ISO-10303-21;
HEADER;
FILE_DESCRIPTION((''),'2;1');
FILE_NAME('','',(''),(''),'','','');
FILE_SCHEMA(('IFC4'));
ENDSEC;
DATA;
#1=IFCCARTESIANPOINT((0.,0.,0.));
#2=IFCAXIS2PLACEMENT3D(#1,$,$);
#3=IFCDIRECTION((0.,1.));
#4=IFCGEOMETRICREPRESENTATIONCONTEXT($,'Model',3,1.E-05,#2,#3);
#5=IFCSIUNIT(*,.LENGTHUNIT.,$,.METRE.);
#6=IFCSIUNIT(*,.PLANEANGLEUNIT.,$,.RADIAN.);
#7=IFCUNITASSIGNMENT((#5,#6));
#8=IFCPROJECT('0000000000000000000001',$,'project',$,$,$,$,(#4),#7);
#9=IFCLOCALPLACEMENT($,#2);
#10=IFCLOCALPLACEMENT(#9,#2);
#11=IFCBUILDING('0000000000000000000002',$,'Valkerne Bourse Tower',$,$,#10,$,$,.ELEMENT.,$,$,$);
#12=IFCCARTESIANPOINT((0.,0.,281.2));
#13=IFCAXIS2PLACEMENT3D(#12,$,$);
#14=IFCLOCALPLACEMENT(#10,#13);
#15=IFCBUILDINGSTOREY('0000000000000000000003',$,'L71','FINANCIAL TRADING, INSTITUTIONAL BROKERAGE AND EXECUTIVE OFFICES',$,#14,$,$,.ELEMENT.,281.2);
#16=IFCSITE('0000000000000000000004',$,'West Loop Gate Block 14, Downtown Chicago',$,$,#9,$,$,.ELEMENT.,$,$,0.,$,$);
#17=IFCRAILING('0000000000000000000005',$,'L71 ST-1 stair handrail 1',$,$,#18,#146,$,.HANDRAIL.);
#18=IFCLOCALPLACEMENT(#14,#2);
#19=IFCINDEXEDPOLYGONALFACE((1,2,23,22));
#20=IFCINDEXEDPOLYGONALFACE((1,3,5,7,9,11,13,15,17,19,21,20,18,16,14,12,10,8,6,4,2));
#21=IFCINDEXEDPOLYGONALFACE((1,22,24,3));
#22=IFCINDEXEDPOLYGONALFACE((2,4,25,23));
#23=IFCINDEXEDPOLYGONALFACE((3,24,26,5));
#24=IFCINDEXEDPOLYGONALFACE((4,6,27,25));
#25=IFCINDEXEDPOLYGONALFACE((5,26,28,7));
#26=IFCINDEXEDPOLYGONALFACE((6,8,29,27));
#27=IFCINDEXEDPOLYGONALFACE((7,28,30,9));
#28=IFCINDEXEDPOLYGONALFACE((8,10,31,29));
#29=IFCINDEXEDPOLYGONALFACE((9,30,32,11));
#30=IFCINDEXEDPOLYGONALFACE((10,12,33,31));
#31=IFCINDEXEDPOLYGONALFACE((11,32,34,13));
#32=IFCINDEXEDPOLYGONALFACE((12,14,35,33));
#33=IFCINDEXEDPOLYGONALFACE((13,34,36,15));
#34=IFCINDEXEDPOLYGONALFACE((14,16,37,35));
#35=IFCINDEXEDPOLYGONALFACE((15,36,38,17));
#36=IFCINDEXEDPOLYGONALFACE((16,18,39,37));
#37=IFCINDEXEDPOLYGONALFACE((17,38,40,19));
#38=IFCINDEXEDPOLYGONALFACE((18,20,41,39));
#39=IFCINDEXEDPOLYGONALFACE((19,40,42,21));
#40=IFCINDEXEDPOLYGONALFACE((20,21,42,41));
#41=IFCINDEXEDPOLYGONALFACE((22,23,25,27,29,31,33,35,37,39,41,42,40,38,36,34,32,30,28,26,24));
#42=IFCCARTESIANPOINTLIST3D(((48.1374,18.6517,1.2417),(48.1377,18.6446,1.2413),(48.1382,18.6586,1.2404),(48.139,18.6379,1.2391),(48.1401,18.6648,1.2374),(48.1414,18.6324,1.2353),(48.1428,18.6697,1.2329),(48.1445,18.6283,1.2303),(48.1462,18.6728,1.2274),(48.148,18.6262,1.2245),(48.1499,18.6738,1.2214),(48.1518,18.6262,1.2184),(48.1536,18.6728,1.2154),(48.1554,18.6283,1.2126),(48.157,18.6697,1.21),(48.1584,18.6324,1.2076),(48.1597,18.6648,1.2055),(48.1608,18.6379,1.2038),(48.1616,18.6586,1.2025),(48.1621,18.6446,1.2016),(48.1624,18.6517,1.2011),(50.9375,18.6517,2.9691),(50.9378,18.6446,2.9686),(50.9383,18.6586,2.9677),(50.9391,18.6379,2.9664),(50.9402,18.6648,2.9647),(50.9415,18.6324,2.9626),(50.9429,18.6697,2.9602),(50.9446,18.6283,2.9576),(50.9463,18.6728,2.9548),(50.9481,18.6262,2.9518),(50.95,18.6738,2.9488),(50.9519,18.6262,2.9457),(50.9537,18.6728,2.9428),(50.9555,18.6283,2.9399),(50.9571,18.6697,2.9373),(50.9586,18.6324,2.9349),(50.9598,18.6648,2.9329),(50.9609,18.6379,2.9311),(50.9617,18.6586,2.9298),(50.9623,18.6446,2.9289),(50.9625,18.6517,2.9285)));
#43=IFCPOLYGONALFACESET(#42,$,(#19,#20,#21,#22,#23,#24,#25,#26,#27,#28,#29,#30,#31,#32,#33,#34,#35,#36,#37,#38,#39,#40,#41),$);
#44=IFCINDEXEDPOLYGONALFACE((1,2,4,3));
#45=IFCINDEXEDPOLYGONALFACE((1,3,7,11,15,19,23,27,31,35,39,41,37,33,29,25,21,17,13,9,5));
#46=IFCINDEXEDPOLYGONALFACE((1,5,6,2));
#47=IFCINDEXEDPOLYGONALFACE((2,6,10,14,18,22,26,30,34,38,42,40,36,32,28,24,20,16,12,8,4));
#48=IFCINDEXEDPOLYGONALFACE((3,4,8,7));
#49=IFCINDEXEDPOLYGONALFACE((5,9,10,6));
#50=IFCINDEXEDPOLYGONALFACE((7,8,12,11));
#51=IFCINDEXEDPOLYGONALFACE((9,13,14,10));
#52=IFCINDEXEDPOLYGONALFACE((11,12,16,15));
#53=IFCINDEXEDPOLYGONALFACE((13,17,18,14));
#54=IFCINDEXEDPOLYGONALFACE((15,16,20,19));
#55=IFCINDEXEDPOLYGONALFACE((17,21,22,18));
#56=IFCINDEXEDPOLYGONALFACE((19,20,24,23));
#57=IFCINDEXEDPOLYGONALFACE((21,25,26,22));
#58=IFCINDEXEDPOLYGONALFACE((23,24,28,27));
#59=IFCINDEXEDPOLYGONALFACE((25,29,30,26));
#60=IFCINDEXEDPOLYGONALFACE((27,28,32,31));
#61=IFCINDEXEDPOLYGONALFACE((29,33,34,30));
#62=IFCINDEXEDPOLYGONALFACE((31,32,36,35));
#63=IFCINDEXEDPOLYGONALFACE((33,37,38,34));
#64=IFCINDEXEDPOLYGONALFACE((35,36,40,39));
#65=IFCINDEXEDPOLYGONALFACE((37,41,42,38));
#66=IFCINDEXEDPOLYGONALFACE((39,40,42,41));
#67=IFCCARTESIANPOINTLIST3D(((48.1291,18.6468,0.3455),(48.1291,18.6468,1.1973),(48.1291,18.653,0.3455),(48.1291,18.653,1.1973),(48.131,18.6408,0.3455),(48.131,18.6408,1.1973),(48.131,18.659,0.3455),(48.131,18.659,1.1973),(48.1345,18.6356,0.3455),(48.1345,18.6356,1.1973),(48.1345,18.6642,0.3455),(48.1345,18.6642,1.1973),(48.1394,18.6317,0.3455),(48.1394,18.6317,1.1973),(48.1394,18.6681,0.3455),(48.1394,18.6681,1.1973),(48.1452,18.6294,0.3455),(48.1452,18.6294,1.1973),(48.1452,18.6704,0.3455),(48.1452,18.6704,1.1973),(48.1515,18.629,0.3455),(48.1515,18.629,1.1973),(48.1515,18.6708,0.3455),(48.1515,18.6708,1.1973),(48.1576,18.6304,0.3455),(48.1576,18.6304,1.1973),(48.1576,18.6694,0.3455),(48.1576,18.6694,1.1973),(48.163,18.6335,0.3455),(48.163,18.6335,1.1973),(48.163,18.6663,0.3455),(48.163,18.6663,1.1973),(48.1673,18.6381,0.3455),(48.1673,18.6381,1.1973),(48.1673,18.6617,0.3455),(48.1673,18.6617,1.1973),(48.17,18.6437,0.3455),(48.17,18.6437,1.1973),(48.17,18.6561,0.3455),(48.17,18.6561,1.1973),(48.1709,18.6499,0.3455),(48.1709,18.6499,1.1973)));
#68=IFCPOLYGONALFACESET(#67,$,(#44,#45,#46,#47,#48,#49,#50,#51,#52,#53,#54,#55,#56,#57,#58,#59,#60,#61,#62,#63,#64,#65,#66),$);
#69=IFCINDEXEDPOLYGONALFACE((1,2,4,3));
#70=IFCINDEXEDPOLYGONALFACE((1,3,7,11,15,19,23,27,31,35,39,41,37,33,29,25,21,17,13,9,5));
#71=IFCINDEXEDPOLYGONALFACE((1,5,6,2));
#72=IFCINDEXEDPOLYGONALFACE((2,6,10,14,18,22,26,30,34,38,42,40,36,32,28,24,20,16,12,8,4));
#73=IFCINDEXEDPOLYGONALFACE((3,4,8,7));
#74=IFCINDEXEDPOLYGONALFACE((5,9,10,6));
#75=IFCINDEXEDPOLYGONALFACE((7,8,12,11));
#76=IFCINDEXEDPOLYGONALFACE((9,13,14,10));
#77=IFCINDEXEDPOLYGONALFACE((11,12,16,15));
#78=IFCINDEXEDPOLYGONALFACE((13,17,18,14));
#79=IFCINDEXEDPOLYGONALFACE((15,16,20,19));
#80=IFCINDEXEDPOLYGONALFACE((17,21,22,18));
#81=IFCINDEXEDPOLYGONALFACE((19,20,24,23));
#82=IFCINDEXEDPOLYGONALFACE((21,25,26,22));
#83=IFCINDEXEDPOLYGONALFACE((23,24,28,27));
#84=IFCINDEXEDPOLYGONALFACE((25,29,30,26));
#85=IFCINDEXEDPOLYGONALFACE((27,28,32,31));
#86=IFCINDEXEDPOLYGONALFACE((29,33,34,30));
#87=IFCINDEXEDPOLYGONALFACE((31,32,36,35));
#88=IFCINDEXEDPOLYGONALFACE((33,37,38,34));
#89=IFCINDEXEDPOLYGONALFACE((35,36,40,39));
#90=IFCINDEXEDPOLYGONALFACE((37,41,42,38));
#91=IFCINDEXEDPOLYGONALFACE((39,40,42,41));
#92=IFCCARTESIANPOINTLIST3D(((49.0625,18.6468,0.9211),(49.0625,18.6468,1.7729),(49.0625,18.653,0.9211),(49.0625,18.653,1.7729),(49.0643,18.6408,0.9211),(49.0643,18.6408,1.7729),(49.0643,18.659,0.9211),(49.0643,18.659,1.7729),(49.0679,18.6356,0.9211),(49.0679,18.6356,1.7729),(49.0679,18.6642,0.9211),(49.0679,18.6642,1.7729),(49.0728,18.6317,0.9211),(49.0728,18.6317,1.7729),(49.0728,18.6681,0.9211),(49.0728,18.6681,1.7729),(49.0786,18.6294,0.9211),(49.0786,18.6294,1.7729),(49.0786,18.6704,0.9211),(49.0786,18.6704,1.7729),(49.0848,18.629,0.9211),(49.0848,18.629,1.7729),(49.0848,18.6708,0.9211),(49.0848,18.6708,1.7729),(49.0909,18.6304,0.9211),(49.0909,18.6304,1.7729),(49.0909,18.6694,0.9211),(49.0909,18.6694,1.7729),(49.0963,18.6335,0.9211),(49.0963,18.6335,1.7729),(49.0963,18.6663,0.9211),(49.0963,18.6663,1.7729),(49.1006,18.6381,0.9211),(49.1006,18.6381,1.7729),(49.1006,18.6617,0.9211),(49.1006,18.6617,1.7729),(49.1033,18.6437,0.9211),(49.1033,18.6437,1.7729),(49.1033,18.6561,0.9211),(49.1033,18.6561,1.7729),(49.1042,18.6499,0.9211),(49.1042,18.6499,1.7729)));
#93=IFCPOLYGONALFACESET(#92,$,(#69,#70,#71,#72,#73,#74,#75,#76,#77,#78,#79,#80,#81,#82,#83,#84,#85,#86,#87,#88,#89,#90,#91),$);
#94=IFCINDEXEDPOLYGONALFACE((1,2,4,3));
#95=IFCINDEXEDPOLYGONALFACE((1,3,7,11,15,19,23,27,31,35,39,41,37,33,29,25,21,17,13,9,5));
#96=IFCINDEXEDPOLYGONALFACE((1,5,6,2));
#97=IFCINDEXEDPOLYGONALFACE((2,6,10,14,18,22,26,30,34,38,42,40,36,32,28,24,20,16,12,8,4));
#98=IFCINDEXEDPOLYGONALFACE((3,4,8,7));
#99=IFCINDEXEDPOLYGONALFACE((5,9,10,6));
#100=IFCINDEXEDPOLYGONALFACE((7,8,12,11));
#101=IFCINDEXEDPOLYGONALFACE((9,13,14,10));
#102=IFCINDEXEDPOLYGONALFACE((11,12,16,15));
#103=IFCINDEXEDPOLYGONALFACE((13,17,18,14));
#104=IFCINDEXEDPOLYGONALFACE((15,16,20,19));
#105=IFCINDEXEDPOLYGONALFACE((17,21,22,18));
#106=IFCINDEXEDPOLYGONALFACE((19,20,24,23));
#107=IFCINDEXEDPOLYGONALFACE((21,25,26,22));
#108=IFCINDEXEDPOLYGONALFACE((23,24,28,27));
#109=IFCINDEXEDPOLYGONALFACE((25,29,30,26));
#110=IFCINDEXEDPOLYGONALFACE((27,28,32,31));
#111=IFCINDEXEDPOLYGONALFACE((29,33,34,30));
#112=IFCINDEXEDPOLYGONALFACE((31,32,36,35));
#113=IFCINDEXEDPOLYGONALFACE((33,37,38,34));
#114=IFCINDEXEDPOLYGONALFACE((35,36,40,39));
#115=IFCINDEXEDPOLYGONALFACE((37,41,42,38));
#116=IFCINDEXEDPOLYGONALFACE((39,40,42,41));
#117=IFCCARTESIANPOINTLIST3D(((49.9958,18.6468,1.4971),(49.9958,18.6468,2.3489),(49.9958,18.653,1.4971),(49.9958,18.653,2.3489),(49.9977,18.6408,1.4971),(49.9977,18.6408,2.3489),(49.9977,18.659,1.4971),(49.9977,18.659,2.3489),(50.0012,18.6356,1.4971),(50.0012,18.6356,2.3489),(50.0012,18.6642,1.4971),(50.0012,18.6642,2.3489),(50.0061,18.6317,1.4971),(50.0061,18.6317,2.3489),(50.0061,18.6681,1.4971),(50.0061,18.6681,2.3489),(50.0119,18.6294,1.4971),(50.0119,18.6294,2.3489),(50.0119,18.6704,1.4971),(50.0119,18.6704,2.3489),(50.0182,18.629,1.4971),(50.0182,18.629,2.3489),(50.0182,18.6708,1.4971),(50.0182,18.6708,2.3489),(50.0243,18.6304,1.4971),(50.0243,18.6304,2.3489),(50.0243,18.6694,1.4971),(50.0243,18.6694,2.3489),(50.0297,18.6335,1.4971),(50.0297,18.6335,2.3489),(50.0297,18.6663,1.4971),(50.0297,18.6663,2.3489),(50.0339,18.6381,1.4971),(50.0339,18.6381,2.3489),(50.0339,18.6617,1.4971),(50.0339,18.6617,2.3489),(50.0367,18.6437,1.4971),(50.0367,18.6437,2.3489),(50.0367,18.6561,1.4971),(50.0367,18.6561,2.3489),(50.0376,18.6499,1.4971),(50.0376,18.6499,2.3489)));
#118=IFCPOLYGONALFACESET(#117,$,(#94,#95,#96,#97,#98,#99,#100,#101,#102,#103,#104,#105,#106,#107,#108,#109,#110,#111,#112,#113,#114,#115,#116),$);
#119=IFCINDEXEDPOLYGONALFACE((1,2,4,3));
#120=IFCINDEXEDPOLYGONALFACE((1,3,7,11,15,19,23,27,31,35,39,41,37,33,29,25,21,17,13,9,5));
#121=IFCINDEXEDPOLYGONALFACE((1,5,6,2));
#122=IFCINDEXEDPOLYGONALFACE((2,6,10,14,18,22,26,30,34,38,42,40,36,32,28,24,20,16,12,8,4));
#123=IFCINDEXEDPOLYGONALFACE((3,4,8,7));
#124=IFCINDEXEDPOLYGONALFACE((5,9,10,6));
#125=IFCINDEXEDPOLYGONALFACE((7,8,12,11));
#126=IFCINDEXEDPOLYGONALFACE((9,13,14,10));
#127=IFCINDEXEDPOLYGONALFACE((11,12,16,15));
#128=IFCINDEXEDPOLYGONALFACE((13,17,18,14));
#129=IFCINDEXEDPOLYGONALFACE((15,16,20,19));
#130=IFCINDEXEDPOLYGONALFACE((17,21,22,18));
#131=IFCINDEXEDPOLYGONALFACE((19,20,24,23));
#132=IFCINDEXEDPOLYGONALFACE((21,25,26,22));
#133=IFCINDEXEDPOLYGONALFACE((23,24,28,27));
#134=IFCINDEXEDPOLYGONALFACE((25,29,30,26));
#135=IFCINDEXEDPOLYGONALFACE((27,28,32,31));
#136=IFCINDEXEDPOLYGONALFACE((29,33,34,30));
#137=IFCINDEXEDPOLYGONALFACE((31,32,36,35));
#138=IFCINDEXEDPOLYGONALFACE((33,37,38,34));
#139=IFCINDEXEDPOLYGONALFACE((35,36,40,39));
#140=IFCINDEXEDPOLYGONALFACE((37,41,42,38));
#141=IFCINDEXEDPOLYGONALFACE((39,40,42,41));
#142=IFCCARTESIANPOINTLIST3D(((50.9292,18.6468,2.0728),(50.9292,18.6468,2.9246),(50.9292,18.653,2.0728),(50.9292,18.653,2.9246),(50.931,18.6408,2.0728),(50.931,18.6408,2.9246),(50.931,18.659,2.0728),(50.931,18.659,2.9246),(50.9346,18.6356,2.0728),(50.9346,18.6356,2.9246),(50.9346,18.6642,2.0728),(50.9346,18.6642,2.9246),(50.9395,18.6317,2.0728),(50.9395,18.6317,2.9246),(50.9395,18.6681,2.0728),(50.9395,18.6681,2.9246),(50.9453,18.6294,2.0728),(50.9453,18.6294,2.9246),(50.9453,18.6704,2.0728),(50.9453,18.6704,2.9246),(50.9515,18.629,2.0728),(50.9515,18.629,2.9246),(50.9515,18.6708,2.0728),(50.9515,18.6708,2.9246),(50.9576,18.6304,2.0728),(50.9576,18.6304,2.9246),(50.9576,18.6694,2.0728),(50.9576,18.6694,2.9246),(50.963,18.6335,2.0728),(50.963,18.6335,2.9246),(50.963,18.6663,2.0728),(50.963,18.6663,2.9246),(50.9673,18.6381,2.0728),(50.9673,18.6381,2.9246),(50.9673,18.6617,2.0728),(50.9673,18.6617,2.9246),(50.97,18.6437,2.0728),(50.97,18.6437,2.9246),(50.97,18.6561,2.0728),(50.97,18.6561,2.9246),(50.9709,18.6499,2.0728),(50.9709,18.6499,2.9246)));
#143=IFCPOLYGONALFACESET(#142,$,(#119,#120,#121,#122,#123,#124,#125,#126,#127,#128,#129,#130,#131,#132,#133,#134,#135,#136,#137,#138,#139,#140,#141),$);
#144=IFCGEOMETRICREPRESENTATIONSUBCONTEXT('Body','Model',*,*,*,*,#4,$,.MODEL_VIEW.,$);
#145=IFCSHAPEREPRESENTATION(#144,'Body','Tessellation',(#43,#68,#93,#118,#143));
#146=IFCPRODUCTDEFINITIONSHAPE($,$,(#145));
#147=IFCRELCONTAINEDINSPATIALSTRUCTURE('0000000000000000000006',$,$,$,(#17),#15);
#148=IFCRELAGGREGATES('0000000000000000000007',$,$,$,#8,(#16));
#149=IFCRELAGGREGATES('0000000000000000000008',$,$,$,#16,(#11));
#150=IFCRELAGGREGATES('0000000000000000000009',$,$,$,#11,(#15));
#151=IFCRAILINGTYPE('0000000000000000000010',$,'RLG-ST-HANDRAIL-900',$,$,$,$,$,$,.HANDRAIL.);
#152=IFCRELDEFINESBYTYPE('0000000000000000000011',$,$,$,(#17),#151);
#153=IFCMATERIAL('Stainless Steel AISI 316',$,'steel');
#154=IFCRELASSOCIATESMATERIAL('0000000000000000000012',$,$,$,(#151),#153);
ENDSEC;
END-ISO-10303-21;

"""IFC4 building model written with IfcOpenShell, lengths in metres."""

from ifc_helpers import new_model, si_unit, direction, frame, origin, origin_2d, place, context, subcontext, project, spatial, circle, extrude, material, type_object, element, save


model = new_model("IFC4")

# Units and contexts
model_context = context("Model", 3, precision=1e-05, world=origin(), true_north=direction((0.0, 1.0)))
body_context = subcontext(model_context, "Body", "Model", "MODEL_VIEW")
ifc_project = project(units=[si_unit("LENGTHUNIT", "METRE"), si_unit("PLANEANGLEUNIT", "RADIAN")], contexts=[model_context])

# Site, building, storey
site_placement = place(None, origin())
site = spatial("IfcSite", under=ifc_project, at=site_placement, Name="West Loop Gate Block 14, Downtown Chicago", CompositionType="ELEMENT", RefElevation=0.0)
building_placement = place(site_placement, origin())
building = spatial("IfcBuilding", under=site, at=building_placement, Name="Valkerne Bourse Tower", CompositionType="ELEMENT")
storey_placement = place(building_placement, frame((0.0, 0.0, 281.2)))
storey = spatial("IfcBuildingStorey", under=building, at=storey_placement, Name="L71", Description="FINANCIAL TRADING, INSTITUTIONAL BROKERAGE AND EXECUTIVE OFFICES", CompositionType="ELEMENT", Elevation=281.2)

# Shared definitions
ifc_material_1 = material(Name="Stainless Steel AISI 316", Category="steel")

# Railing
railing_type_1 = type_object("IfcRailingType", Name="RLG-ST-HANDRAIL-900", PredefinedType="HANDRAIL", material=ifc_material_1)
railing_1_placement = place(storey_placement, frame((48.1499, 18.6499, 0.3455)))
element("IfcRailing", 1, at=railing_1_placement, inside=storey, type_object=railing_type_1, Name="L71 ST-1 stair handrail 1", PredefinedType="HANDRAIL", context=body_context, shape_type="SweptSolid", body=[
    extrude(circle(Radius=0.0239, at=origin_2d()), frame((0.0, 0.0, 0.876), z_axis=(0.85109, 0.0, 0.52502), x_axis=(0.0, 1.0, 0.0)), (0.0, 0.0, 1.0), 3.29),
    extrude(circle(Radius=0.021, at=origin_2d()), origin(), (0.0, 0.0, 1.0), 0.8518),
    extrude(circle(Radius=0.021, at=origin_2d()), frame((0.9333, 0.0, 0.5757)), (0.0, 0.0, 1.0), 0.8518),
    extrude(circle(Radius=0.021, at=origin_2d()), frame((1.8667, 0.0, 1.1516)), (0.0, 0.0, 1.0), 0.8518),
    extrude(circle(Radius=0.021, at=origin_2d()), frame((2.8, 0.0, 1.7273)), (0.0, 0.0, 1.0), 0.8518),
])

save(model, "model.ifc")
